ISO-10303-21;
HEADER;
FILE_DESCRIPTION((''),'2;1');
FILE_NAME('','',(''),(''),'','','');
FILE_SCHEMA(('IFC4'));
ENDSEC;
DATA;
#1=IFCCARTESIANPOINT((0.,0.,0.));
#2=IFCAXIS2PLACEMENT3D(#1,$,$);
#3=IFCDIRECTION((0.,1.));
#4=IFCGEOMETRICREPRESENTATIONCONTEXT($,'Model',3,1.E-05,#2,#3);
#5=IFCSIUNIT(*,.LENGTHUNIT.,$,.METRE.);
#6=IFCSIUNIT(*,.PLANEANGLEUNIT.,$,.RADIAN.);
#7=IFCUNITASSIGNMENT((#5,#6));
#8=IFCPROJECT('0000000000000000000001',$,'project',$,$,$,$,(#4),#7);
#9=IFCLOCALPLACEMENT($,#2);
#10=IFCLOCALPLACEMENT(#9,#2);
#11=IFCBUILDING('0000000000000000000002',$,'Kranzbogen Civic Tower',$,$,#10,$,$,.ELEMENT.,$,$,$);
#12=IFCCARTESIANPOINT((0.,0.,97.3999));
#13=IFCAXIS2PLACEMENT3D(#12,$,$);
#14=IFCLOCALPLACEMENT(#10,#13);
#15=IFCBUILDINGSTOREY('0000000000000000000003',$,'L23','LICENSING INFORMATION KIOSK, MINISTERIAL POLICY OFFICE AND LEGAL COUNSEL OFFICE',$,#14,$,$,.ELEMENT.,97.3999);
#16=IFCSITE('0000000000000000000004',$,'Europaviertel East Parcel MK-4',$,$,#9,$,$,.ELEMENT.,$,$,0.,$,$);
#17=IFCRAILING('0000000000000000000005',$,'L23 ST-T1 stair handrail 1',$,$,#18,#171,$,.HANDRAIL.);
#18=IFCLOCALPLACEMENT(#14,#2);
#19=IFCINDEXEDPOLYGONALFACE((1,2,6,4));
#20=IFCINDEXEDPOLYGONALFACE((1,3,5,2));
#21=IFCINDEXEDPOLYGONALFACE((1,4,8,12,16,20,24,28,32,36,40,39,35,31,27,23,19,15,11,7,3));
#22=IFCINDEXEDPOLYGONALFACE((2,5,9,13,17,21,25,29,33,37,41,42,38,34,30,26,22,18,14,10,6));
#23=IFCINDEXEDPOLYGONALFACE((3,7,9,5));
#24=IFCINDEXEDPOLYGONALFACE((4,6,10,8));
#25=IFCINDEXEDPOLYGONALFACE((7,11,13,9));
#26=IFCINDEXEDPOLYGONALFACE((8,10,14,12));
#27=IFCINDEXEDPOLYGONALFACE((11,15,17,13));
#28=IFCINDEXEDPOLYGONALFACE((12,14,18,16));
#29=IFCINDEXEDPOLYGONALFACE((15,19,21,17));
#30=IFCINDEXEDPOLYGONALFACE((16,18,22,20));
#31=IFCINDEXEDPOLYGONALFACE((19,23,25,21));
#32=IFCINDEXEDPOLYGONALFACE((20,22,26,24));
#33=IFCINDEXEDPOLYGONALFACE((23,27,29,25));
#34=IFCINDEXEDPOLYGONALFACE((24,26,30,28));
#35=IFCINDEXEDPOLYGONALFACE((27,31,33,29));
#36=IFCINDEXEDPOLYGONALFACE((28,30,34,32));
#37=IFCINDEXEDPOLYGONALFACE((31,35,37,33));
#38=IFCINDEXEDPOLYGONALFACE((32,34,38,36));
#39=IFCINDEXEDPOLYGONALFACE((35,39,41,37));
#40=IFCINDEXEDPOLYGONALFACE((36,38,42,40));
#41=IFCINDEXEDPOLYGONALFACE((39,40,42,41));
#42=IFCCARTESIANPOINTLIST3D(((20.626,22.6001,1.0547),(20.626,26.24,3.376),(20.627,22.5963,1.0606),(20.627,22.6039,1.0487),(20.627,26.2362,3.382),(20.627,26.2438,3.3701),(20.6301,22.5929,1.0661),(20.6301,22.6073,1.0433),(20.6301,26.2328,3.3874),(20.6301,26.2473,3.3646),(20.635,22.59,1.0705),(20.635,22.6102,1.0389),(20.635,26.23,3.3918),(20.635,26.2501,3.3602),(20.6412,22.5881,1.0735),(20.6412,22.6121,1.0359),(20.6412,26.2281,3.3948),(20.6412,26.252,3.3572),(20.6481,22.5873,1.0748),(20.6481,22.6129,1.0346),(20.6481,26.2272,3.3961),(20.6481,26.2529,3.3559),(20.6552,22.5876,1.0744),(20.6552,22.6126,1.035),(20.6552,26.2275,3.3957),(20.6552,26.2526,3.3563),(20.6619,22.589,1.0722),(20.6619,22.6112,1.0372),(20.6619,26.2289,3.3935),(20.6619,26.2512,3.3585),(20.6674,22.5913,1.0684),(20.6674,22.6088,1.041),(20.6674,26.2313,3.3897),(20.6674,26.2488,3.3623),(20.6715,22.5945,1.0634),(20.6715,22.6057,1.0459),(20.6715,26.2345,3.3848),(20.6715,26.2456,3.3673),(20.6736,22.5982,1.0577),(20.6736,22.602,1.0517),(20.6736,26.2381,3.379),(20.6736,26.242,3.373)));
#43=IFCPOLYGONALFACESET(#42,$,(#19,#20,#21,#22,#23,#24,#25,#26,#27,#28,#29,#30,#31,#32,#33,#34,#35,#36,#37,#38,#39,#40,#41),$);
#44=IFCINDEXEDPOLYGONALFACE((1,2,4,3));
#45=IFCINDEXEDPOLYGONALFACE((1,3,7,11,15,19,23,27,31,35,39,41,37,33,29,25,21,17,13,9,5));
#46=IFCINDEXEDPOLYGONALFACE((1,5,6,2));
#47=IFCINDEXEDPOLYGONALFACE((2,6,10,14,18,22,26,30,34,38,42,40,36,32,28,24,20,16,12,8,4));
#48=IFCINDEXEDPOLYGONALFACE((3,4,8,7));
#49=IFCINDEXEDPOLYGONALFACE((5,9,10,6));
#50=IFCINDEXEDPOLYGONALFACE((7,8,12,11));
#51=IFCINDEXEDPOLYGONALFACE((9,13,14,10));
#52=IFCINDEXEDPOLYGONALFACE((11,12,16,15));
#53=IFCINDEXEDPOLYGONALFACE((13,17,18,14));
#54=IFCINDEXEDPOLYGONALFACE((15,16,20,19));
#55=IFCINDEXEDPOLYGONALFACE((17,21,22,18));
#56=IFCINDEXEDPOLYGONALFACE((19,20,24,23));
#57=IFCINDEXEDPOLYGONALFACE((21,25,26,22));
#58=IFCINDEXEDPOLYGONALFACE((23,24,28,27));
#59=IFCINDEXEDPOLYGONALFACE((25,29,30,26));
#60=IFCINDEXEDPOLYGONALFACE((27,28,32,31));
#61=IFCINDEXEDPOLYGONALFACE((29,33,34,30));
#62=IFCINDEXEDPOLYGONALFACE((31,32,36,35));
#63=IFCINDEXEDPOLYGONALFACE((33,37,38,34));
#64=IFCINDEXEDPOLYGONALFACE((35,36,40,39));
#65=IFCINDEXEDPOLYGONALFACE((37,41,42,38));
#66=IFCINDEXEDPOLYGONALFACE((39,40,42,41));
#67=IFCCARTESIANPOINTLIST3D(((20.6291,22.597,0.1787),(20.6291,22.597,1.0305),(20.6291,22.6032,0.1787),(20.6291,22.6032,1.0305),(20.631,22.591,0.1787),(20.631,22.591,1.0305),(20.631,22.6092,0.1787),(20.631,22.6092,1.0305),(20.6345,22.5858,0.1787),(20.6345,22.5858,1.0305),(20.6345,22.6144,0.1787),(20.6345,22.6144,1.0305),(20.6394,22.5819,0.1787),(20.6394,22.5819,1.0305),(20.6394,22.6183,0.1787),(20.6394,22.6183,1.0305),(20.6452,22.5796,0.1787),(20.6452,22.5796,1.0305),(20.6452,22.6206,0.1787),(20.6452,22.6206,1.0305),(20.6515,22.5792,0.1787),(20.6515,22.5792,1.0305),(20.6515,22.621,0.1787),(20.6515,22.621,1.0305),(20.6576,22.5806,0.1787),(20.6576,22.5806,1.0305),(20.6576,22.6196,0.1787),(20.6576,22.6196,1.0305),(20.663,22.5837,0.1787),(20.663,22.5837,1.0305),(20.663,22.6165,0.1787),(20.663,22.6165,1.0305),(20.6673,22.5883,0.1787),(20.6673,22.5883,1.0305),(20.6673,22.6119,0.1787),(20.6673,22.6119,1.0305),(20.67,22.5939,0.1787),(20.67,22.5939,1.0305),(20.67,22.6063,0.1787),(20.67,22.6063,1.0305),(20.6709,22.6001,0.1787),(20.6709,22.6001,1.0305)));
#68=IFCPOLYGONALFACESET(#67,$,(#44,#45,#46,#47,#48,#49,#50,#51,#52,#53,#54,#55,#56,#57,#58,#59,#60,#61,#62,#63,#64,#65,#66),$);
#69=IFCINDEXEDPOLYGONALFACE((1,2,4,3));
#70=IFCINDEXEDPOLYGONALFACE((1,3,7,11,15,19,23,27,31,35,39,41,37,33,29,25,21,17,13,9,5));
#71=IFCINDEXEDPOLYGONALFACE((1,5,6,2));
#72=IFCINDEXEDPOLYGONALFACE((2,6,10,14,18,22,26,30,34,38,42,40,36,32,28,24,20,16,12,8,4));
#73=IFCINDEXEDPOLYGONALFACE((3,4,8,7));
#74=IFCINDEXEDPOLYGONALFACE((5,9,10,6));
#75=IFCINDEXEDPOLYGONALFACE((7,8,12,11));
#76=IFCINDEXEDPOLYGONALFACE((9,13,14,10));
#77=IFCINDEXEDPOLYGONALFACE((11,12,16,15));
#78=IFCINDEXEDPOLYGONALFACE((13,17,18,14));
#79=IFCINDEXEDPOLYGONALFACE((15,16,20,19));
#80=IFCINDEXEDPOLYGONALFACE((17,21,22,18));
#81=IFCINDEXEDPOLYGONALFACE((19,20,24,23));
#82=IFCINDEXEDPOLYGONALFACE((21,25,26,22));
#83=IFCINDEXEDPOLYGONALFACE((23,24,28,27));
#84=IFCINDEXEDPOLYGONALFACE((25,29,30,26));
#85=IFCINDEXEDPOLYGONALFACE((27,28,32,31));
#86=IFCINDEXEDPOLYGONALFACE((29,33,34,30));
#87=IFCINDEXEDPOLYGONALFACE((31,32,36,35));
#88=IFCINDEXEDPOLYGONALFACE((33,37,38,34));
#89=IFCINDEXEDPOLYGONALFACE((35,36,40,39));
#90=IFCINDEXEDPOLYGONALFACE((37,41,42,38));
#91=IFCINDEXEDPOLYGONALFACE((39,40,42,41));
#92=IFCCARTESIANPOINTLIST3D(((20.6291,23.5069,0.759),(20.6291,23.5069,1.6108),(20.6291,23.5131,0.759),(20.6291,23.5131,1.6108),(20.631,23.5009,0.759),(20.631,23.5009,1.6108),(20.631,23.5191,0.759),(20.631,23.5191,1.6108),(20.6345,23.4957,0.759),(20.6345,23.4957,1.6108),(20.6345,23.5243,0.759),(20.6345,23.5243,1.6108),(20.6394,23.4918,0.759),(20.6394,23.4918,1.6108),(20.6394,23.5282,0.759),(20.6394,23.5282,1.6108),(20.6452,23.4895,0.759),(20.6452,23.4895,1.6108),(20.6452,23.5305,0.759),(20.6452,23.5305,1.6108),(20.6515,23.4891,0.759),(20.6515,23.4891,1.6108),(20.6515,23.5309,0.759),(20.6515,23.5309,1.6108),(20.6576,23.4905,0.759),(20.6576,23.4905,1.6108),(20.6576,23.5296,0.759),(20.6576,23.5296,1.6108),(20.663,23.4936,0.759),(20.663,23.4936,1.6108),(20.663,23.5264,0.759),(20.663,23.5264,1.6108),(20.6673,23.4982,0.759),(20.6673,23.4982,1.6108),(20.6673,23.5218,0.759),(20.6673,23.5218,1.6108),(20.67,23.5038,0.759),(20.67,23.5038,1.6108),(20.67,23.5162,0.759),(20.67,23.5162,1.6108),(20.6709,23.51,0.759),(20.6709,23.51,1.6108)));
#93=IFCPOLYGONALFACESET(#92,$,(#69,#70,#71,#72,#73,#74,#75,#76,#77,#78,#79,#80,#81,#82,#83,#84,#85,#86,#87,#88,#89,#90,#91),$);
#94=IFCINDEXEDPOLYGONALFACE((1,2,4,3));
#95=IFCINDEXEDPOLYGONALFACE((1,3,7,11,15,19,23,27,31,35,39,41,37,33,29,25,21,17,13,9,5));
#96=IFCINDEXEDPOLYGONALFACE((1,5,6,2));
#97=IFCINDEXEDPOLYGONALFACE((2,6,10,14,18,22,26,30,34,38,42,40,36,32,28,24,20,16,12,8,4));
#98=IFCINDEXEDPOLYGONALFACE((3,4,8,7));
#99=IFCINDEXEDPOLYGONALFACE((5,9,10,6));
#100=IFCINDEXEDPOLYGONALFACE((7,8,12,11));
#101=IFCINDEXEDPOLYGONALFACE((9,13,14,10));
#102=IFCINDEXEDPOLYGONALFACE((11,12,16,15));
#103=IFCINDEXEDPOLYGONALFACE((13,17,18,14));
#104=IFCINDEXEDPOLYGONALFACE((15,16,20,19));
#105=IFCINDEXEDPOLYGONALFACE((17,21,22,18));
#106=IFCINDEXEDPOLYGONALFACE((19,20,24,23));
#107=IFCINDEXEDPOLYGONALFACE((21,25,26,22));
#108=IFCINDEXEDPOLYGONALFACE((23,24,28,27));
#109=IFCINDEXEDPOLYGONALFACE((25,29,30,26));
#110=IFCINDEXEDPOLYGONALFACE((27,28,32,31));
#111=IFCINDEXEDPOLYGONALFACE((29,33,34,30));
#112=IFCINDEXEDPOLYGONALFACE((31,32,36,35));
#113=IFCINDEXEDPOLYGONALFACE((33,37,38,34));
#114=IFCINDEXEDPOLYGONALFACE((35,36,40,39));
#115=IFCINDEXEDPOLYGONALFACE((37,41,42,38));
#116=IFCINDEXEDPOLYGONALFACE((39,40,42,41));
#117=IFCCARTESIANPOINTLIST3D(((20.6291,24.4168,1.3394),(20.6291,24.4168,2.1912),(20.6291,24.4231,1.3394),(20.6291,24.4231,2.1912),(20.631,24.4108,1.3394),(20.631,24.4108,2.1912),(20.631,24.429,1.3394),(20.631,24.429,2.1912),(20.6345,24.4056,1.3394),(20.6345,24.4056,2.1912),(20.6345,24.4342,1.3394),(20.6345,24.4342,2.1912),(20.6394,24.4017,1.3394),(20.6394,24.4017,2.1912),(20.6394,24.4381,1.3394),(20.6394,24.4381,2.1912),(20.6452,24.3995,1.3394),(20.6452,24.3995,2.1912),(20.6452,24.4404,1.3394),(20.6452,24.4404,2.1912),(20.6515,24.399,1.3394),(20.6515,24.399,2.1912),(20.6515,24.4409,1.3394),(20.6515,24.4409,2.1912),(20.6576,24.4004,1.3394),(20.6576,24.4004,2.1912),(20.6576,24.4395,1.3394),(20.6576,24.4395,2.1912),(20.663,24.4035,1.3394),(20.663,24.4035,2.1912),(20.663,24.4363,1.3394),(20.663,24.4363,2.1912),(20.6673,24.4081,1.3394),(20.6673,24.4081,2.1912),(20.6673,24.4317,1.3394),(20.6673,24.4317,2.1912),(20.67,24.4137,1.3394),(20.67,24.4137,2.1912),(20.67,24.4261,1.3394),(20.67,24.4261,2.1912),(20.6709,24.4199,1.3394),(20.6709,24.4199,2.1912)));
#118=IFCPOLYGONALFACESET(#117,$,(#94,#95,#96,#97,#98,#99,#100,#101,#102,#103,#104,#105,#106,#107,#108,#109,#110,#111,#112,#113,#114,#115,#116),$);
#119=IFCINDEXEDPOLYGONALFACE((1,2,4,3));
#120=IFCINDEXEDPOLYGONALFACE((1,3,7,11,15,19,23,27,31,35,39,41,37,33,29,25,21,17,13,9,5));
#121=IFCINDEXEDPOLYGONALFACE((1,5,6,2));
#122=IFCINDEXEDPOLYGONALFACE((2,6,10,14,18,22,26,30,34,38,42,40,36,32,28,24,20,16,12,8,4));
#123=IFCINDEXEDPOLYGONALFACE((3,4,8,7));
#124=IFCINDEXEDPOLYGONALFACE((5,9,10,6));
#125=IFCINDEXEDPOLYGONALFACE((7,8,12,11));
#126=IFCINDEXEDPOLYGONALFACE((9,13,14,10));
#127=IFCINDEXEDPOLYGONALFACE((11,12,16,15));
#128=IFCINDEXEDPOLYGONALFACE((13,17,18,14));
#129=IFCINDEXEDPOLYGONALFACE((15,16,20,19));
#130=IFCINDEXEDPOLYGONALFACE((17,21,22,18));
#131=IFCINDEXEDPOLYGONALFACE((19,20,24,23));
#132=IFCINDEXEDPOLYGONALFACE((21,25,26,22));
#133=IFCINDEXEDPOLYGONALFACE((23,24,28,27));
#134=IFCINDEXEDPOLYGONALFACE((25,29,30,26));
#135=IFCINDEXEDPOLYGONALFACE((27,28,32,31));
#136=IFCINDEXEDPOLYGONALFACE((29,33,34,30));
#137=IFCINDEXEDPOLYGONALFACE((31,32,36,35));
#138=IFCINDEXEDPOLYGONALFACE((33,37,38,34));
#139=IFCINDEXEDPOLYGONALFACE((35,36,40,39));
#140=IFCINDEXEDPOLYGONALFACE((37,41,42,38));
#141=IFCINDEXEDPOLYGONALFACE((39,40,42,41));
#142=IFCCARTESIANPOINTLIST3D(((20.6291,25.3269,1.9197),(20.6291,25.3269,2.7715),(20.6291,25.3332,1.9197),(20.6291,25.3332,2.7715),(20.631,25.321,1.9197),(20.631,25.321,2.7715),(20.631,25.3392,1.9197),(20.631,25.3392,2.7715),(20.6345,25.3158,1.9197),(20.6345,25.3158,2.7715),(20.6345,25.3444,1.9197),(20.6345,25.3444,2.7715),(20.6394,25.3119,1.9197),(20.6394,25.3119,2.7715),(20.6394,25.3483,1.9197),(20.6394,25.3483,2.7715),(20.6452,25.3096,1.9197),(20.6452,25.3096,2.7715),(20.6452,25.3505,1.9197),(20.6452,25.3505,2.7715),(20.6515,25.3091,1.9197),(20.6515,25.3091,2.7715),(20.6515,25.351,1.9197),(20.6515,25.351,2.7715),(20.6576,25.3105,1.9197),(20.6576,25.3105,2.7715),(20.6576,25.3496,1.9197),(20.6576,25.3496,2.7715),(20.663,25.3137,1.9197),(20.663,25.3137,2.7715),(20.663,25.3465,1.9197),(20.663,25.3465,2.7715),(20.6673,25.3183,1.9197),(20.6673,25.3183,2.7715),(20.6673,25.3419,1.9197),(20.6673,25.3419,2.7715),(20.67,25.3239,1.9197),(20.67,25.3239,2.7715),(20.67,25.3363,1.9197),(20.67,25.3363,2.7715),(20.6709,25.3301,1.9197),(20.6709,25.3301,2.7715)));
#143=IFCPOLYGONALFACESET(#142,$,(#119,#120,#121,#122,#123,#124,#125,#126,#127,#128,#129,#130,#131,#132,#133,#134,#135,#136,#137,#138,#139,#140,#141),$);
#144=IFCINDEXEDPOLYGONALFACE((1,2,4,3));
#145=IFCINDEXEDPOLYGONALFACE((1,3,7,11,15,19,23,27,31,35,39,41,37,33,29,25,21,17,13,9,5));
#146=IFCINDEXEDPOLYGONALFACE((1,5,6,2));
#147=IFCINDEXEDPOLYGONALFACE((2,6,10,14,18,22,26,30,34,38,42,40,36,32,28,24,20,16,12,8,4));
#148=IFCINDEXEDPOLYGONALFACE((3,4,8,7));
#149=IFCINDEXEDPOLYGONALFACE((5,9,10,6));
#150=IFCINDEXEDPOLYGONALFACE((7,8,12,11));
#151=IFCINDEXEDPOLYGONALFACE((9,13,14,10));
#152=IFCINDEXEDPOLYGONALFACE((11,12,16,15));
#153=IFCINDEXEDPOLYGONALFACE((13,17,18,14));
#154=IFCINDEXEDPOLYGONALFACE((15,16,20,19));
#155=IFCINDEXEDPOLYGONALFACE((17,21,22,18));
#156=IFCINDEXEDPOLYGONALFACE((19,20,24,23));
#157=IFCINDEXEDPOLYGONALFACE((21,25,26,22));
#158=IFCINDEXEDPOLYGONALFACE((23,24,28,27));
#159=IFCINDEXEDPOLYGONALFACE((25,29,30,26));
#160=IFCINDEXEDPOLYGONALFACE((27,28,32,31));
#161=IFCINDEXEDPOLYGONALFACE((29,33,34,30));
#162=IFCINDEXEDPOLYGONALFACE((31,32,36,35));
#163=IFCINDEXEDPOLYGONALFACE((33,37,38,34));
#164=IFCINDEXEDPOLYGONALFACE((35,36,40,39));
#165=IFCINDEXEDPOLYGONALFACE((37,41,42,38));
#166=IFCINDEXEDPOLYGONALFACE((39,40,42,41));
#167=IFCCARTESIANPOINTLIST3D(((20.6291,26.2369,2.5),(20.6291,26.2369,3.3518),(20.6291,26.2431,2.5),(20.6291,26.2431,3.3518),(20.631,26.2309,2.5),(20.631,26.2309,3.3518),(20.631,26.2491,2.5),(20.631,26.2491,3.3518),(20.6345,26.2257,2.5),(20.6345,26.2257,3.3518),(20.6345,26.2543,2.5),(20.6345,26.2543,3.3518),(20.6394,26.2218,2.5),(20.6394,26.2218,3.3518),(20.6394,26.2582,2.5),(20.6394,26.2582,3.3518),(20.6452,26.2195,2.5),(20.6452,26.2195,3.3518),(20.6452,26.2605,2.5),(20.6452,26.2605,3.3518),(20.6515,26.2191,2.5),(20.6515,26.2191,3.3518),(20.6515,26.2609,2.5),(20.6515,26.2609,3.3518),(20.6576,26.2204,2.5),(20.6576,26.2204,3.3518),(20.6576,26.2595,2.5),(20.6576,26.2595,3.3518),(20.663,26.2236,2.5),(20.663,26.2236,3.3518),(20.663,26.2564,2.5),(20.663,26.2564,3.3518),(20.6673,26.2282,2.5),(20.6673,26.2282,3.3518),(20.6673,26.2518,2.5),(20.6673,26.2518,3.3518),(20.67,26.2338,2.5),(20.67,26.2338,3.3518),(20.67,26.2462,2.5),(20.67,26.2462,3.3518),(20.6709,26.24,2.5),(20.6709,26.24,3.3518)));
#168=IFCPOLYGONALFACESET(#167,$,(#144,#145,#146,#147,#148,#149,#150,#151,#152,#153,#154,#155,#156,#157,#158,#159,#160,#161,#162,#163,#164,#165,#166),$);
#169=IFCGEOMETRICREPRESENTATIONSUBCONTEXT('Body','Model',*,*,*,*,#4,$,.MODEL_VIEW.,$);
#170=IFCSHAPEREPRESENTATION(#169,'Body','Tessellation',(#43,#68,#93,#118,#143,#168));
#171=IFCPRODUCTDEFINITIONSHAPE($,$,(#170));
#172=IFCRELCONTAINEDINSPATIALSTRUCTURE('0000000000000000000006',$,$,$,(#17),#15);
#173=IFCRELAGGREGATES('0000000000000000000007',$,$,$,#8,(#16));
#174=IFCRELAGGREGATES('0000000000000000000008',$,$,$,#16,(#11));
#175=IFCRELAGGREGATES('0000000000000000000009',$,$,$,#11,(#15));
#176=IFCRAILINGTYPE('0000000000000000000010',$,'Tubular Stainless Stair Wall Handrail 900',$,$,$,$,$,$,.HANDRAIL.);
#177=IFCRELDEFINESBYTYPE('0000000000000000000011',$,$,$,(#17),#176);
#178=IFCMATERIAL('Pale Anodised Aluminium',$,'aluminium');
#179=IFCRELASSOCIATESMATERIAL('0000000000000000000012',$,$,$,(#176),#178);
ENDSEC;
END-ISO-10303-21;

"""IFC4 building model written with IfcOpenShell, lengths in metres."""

from ifc_helpers import new_model, si_unit, direction, frame, origin, origin_2d, place, context, subcontext, project, spatial, circle, extrude, material, type_object, element, save


model = new_model("IFC4")

# Units and contexts
model_context = context("Model", 3, precision=1e-05, world=origin(), true_north=direction((0.0, 1.0)))
body_context = subcontext(model_context, "Body", "Model", "MODEL_VIEW")
ifc_project = project(units=[si_unit("LENGTHUNIT", "METRE"), si_unit("PLANEANGLEUNIT", "RADIAN")], contexts=[model_context])

# Site, building, storey
site_placement = place(None, origin())
site = spatial("IfcSite", under=ifc_project, at=site_placement, Name="Europaviertel East Parcel MK-4", CompositionType="ELEMENT", RefElevation=0.0)
building_placement = place(site_placement, origin())
building = spatial("IfcBuilding", under=site, at=building_placement, Name="Kranzbogen Civic Tower", CompositionType="ELEMENT")
storey_placement = place(building_placement, frame((0.0, 0.0, 97.3999)))
storey = spatial("IfcBuildingStorey", under=building, at=storey_placement, Name="L23", Description="LICENSING INFORMATION KIOSK, MINISTERIAL POLICY OFFICE AND LEGAL COUNSEL OFFICE", CompositionType="ELEMENT", Elevation=97.3999)

# Shared definitions
ifc_material_1 = material(Name="Pale Anodised Aluminium", Category="aluminium")

# Railing
railing_type_1 = type_object("IfcRailingType", Name="Tubular Stainless Stair Wall Handrail 900", PredefinedType="HANDRAIL", material=ifc_material_1)
railing_1_placement = place(storey_placement, frame((20.6499, 22.6001, 0.1787)))
element("IfcRailing", 1, at=railing_1_placement, inside=storey, type_object=railing_type_1, Name="L23 ST-T1 stair handrail 1", PredefinedType="HANDRAIL", context=body_context, shape_type="SweptSolid", body=[
    extrude(circle(Radius=0.0239, at=origin_2d()), frame((0.0, 0.0, 0.876), z_axis=(0.0, 0.843137, 0.537699), x_axis=(-1.0, 0.0, 0.0)), (0.0, 0.0, 1.0), 4.3171),
    extrude(circle(Radius=0.021, at=origin_2d()), origin(), (0.0, 0.0, 1.0), 0.8518),
    extrude(circle(Radius=0.021, at=origin_2d()), frame((0.0, 0.9099, 0.5803)), (0.0, 0.0, 1.0), 0.8518),
    extrude(circle(Radius=0.021, at=origin_2d()), frame((0.0, 1.8198, 1.1606)), (0.0, 0.0, 1.0), 0.8518),
    extrude(circle(Radius=0.021, at=origin_2d()), frame((0.0, 2.73, 1.741)), (0.0, 0.0, 1.0), 0.8518),
    extrude(circle(Radius=0.021, at=origin_2d()), frame((0.0, 3.6399, 2.3213)), (0.0, 0.0, 1.0), 0.8518),
])

save(model, "model.ifc")
